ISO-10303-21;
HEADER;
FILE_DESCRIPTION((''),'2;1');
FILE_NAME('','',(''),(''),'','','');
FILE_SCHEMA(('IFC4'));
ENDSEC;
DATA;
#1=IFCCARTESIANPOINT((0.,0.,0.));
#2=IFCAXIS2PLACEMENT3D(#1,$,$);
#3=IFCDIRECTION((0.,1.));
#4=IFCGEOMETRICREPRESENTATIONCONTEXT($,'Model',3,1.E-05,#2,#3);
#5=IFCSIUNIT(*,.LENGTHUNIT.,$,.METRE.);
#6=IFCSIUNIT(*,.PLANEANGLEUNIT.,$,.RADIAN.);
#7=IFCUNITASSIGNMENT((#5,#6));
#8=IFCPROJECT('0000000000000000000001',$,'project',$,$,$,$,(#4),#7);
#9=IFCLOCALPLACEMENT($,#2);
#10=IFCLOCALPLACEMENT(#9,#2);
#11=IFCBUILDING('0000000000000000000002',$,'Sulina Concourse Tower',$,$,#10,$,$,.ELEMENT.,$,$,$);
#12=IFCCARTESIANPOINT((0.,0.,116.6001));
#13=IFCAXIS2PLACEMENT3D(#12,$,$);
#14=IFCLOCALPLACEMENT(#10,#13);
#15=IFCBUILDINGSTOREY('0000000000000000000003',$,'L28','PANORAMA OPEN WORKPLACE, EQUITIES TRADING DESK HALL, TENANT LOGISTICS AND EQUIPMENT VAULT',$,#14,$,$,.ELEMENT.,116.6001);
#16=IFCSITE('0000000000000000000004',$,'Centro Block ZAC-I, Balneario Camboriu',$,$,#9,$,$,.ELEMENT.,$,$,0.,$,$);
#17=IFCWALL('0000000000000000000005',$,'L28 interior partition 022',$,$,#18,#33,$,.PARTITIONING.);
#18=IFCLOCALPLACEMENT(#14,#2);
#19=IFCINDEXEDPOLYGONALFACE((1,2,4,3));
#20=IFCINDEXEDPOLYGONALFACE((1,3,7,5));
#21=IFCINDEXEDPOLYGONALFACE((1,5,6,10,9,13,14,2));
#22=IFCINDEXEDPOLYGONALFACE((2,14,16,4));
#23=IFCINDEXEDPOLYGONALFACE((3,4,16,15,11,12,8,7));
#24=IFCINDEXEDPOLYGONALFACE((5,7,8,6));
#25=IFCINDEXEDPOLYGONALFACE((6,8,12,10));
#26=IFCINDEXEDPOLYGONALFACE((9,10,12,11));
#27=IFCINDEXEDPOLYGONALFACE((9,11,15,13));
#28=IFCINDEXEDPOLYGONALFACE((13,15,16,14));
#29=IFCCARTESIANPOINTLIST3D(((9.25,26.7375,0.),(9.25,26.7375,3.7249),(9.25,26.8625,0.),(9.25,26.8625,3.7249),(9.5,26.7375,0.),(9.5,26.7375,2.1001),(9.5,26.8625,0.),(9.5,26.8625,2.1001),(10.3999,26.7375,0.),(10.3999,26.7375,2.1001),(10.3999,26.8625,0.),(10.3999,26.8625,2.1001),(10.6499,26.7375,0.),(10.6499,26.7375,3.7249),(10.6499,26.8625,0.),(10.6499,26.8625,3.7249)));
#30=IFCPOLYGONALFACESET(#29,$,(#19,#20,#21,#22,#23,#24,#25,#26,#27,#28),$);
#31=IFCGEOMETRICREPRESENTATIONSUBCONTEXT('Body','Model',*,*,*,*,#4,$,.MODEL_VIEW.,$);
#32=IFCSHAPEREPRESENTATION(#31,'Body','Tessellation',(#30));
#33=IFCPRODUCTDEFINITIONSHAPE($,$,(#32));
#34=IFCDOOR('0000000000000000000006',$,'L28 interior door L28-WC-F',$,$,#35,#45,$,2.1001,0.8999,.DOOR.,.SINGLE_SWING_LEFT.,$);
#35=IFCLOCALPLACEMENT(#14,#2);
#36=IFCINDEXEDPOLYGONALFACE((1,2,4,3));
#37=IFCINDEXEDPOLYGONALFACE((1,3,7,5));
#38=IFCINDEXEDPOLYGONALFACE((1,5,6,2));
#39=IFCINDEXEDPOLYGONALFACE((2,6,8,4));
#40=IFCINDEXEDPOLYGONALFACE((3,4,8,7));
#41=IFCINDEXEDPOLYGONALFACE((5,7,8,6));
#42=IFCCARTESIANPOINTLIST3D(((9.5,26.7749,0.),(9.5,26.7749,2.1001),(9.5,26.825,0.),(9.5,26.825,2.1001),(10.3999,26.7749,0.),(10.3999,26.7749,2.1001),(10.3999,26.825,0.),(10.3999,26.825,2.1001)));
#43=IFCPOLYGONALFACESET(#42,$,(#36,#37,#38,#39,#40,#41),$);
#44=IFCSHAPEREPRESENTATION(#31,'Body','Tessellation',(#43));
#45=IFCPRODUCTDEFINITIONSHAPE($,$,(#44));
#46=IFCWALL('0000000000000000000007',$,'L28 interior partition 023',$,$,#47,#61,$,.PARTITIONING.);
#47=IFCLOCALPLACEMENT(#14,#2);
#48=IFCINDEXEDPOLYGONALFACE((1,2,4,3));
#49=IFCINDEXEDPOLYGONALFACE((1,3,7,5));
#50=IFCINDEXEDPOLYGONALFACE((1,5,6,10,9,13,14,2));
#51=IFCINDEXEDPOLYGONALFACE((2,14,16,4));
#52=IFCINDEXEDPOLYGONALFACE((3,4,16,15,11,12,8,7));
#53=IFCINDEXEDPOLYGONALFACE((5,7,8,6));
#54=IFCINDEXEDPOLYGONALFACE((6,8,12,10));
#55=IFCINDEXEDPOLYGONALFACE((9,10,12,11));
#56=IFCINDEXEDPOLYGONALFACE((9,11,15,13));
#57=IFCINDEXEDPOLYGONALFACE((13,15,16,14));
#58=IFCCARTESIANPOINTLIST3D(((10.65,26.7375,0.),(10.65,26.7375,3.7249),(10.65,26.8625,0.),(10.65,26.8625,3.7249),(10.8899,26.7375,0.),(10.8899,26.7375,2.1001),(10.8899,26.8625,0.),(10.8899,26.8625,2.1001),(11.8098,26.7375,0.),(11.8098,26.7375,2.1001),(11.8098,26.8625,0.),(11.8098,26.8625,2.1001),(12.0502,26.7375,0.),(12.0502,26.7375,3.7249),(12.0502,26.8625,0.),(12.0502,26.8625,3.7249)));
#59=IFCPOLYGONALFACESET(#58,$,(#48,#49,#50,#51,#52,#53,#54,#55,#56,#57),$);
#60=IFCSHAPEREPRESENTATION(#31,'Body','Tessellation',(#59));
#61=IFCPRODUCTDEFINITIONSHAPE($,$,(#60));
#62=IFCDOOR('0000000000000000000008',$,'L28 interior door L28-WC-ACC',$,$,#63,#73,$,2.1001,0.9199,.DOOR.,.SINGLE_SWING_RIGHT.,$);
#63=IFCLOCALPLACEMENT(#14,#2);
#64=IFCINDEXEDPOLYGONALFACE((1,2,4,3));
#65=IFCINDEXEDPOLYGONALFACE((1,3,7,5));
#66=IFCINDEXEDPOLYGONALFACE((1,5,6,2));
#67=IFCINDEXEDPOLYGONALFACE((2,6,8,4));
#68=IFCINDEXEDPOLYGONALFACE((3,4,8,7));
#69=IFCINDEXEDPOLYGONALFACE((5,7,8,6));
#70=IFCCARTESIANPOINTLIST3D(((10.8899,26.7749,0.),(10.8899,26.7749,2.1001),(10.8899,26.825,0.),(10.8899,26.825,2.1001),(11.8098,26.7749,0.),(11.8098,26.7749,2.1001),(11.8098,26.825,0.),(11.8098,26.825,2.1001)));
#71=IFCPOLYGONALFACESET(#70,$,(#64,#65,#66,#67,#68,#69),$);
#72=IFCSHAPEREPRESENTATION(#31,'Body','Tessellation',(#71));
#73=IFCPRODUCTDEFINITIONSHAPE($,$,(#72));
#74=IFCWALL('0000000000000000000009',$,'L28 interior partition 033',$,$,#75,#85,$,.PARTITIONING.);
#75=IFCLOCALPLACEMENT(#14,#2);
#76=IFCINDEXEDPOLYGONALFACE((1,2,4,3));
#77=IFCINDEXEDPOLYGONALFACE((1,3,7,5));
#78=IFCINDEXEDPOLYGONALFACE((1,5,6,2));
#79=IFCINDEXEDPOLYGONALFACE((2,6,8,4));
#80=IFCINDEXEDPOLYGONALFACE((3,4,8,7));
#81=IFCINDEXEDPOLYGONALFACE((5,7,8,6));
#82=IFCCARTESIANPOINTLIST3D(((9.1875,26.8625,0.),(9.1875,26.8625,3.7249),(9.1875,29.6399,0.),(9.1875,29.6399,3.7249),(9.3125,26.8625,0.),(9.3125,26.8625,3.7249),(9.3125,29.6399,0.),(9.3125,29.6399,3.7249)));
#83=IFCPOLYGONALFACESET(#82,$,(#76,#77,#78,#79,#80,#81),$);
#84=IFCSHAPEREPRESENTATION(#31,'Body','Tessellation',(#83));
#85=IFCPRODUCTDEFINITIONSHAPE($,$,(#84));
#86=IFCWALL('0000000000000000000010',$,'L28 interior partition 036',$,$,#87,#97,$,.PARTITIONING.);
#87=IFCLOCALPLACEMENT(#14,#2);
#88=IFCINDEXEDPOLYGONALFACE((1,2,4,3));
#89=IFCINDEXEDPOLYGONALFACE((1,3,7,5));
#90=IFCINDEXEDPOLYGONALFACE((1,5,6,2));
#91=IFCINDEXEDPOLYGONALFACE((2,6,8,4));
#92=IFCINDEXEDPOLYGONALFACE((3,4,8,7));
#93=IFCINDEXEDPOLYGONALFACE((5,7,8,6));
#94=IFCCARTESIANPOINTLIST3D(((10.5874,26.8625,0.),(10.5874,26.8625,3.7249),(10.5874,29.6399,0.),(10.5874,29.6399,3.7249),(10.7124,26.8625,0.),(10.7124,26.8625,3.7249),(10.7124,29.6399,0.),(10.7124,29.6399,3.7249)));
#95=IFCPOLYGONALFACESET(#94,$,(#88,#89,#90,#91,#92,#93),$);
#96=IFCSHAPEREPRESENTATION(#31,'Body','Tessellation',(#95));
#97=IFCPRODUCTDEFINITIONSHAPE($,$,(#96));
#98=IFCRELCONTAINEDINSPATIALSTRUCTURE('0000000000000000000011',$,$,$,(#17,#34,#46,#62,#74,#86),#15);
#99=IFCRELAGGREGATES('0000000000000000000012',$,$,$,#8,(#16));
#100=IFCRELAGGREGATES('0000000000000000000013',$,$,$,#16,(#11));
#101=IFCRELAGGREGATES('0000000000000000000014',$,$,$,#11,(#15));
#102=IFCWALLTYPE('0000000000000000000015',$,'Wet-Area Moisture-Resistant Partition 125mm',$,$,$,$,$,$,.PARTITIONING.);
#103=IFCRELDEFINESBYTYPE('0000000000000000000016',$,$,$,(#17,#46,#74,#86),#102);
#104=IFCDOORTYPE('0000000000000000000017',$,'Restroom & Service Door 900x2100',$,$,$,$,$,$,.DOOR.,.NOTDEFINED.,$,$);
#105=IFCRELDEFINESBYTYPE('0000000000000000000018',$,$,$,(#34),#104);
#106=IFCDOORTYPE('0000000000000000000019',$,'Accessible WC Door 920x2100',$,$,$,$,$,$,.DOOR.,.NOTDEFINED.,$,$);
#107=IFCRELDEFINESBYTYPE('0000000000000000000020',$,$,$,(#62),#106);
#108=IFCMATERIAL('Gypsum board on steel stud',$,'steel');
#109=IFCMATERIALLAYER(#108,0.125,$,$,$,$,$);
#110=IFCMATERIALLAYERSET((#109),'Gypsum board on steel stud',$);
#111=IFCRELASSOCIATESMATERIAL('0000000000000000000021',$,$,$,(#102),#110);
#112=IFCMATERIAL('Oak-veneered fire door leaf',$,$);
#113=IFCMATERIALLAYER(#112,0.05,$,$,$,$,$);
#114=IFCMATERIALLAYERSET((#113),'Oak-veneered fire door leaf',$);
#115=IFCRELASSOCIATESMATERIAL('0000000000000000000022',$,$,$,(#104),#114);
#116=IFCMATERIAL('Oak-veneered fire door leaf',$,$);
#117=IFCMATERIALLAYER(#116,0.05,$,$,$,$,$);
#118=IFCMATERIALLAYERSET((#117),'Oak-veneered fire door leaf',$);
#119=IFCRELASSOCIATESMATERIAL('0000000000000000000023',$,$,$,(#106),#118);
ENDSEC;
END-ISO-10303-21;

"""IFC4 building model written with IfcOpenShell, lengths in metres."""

from ifc_helpers import new_model, si_unit, direction, frame, frame_2d, origin, place, context, subcontext, project, spatial, rectangle, extrude, material, layer, layer_set, type_object, element, fill, save


model = new_model("IFC4")

# Units and contexts
model_context = context("Model", 3, precision=1e-05, world=origin(), true_north=direction((0.0, 1.0)))
body_context = subcontext(model_context, "Body", "Model", "MODEL_VIEW")
ifc_project = project(units=[si_unit("LENGTHUNIT", "METRE"), si_unit("PLANEANGLEUNIT", "RADIAN")], contexts=[model_context])

# Site, building, storey
site_placement = place(None, origin())
site = spatial("IfcSite", under=ifc_project, at=site_placement, Name="Centro Block ZAC-I, Balneario Camboriu", CompositionType="ELEMENT", RefElevation=0.0)
building_placement = place(site_placement, origin())
building = spatial("IfcBuilding", under=site, at=building_placement, Name="Sulina Concourse Tower", CompositionType="ELEMENT")
storey_placement = place(building_placement, frame((0.0, 0.0, 116.6001)))
storey = spatial("IfcBuildingStorey", under=building, at=storey_placement, Name="L28", Description="PANORAMA OPEN WORKPLACE, EQUITIES TRADING DESK HALL, TENANT LOGISTICS AND EQUIPMENT VAULT", CompositionType="ELEMENT", Elevation=116.6001)

# Walls, openings, doors
ifc_material_1 = material(Name="Gypsum board on steel stud", Category="steel")
ifc_layer_1 = layer(ifc_material_1, 0.125)
ifc_layer_set_1 = layer_set([ifc_layer_1], Name="Gypsum board on steel stud")
wall_type_1 = type_object("IfcWallType", Name="Wet-Area Moisture-Resistant Partition 125mm", PredefinedType="PARTITIONING", material=ifc_layer_set_1)
wall_1_placement = place(storey_placement, frame((9.25, 26.8, 0.0), z_axis=(0.0, 0.0, 1.0), x_axis=(1.0, 0.0, 0.0)))
wall_1 = element("IfcWall", 1, at=wall_1_placement, inside=storey, type_object=wall_type_1, Name="L28 interior partition 022", PredefinedType="PARTITIONING", context=body_context, shape_type="SweptSolid", body=[
    extrude(rectangle(XDim=1.3999, YDim=0.125, at=frame_2d((0.7, 0.0))), origin(), (0.0, 0.0, 1.0), 3.7249),
])
opening_1_placement = place(wall_1_placement, frame((0.25, 0.0, 0.0)))
opening_1 = element("IfcOpeningElement", 2, at=opening_1_placement, cuts=wall_1, PredefinedType="OPENING", context=body_context, shape_type="SweptSolid", body=[
    extrude(rectangle(XDim=0.8999, YDim=2.1001, at=frame_2d((0.45, 1.05))), frame((0.0, 0.0725, 0.0), z_axis=(0.0, -1.0, 0.0), x_axis=(1.0, 0.0, 0.0)), (0.0, 0.0, 1.0), 0.145),
])
ifc_material_2 = material(Name="Oak-veneered fire door leaf")
ifc_layer_2 = layer(ifc_material_2, 0.05)
ifc_layer_set_2 = layer_set([ifc_layer_2], Name="Oak-veneered fire door leaf")
door_type_1 = type_object("IfcDoorType", Name="Restroom & Service Door 900x2100", OperationType="NOTDEFINED", PredefinedType="DOOR", material=ifc_layer_set_2)
door_1_placement = place(opening_1_placement, origin())
door_1 = element("IfcDoor", 3, at=door_1_placement, inside=storey, type_object=door_type_1, Name="L28 interior door L28-WC-F", OperationType="SINGLE_SWING_LEFT", OverallHeight=2.1001, OverallWidth=0.8999, PredefinedType="DOOR", context=body_context, shape_type="SweptSolid", body=[
    extrude(rectangle(XDim=0.8999, YDim=2.1001, at=frame_2d((0.45, 1.05))), frame((0.0, 0.0249, 0.0), z_axis=(0.0, -1.0, 0.0), x_axis=(1.0, 0.0, 0.0)), (0.0, 0.0, 1.0), 0.05),
])
fill(opening_1, door_1)
wall_2_placement = place(storey_placement, frame((10.6499, 26.8, 0.0), z_axis=(0.0, 0.0, 1.0), x_axis=(1.0, 0.0, 0.0)))
wall_2 = element("IfcWall", 4, at=wall_2_placement, inside=storey, type_object=wall_type_1, Name="L28 interior partition 023", PredefinedType="PARTITIONING", context=body_context, shape_type="SweptSolid", body=[
    extrude(rectangle(XDim=1.4001, YDim=0.125, at=frame_2d((0.7002, 0.0))), origin(), (0.0, 0.0, 1.0), 3.7249),
])
opening_2_placement = place(wall_2_placement, frame((0.24, 0.0, 0.0)))
opening_2 = element("IfcOpeningElement", 5, at=opening_2_placement, cuts=wall_2, PredefinedType="OPENING", context=body_context, shape_type="SweptSolid", body=[
    extrude(rectangle(XDim=0.9199, YDim=2.1001, at=frame_2d((0.46, 1.05))), frame((0.0, 0.0725, 0.0), z_axis=(0.0, -1.0, 0.0), x_axis=(1.0, 0.0, 0.0)), (0.0, 0.0, 1.0), 0.145),
])
ifc_material_3 = material(Name="Oak-veneered fire door leaf")
ifc_layer_3 = layer(ifc_material_3, 0.05)
ifc_layer_set_3 = layer_set([ifc_layer_3], Name="Oak-veneered fire door leaf")
door_type_2 = type_object("IfcDoorType", Name="Accessible WC Door 920x2100", OperationType="NOTDEFINED", PredefinedType="DOOR", material=ifc_layer_set_3)
door_2_placement = place(opening_2_placement, origin())
door_2 = element("IfcDoor", 6, at=door_2_placement, inside=storey, type_object=door_type_2, Name="L28 interior door L28-WC-ACC", OperationType="SINGLE_SWING_RIGHT", OverallHeight=2.1001, OverallWidth=0.9199, PredefinedType="DOOR", context=body_context, shape_type="SweptSolid", body=[
    extrude(rectangle(XDim=0.9199, YDim=2.1001, at=frame_2d((0.46, 1.05))), frame((0.0, 0.0249, 0.0), z_axis=(0.0, -1.0, 0.0), x_axis=(1.0, 0.0, 0.0)), (0.0, 0.0, 1.0), 0.05),
])
fill(opening_2, door_2)

# Walls
for number, where, z_axis, x_axis, name in (
    (7, (9.25, 26.8625, 0.0), (0.0, 0.0, 1.0), (0.0, 1.0, 0.0), "L28 interior partition 033"),
    (8, (10.6499, 26.8625, 0.0), (0.0, 0.0, 1.0), (0.0, 1.0, 0.0), "L28 interior partition 036"),
):
    element("IfcWall", number, at=place(storey_placement, frame(where, z_axis=z_axis, x_axis=x_axis)), inside=storey, type_object=wall_type_1, Name=name, PredefinedType="PARTITIONING", context=body_context, shape_type="SweptSolid", body=[
        extrude(rectangle(XDim=2.7773, YDim=0.125, at=frame_2d((1.3887, 0.0))), origin(), (0.0, 0.0, 1.0), 3.7249),
    ])

save(model, "model.ifc")
